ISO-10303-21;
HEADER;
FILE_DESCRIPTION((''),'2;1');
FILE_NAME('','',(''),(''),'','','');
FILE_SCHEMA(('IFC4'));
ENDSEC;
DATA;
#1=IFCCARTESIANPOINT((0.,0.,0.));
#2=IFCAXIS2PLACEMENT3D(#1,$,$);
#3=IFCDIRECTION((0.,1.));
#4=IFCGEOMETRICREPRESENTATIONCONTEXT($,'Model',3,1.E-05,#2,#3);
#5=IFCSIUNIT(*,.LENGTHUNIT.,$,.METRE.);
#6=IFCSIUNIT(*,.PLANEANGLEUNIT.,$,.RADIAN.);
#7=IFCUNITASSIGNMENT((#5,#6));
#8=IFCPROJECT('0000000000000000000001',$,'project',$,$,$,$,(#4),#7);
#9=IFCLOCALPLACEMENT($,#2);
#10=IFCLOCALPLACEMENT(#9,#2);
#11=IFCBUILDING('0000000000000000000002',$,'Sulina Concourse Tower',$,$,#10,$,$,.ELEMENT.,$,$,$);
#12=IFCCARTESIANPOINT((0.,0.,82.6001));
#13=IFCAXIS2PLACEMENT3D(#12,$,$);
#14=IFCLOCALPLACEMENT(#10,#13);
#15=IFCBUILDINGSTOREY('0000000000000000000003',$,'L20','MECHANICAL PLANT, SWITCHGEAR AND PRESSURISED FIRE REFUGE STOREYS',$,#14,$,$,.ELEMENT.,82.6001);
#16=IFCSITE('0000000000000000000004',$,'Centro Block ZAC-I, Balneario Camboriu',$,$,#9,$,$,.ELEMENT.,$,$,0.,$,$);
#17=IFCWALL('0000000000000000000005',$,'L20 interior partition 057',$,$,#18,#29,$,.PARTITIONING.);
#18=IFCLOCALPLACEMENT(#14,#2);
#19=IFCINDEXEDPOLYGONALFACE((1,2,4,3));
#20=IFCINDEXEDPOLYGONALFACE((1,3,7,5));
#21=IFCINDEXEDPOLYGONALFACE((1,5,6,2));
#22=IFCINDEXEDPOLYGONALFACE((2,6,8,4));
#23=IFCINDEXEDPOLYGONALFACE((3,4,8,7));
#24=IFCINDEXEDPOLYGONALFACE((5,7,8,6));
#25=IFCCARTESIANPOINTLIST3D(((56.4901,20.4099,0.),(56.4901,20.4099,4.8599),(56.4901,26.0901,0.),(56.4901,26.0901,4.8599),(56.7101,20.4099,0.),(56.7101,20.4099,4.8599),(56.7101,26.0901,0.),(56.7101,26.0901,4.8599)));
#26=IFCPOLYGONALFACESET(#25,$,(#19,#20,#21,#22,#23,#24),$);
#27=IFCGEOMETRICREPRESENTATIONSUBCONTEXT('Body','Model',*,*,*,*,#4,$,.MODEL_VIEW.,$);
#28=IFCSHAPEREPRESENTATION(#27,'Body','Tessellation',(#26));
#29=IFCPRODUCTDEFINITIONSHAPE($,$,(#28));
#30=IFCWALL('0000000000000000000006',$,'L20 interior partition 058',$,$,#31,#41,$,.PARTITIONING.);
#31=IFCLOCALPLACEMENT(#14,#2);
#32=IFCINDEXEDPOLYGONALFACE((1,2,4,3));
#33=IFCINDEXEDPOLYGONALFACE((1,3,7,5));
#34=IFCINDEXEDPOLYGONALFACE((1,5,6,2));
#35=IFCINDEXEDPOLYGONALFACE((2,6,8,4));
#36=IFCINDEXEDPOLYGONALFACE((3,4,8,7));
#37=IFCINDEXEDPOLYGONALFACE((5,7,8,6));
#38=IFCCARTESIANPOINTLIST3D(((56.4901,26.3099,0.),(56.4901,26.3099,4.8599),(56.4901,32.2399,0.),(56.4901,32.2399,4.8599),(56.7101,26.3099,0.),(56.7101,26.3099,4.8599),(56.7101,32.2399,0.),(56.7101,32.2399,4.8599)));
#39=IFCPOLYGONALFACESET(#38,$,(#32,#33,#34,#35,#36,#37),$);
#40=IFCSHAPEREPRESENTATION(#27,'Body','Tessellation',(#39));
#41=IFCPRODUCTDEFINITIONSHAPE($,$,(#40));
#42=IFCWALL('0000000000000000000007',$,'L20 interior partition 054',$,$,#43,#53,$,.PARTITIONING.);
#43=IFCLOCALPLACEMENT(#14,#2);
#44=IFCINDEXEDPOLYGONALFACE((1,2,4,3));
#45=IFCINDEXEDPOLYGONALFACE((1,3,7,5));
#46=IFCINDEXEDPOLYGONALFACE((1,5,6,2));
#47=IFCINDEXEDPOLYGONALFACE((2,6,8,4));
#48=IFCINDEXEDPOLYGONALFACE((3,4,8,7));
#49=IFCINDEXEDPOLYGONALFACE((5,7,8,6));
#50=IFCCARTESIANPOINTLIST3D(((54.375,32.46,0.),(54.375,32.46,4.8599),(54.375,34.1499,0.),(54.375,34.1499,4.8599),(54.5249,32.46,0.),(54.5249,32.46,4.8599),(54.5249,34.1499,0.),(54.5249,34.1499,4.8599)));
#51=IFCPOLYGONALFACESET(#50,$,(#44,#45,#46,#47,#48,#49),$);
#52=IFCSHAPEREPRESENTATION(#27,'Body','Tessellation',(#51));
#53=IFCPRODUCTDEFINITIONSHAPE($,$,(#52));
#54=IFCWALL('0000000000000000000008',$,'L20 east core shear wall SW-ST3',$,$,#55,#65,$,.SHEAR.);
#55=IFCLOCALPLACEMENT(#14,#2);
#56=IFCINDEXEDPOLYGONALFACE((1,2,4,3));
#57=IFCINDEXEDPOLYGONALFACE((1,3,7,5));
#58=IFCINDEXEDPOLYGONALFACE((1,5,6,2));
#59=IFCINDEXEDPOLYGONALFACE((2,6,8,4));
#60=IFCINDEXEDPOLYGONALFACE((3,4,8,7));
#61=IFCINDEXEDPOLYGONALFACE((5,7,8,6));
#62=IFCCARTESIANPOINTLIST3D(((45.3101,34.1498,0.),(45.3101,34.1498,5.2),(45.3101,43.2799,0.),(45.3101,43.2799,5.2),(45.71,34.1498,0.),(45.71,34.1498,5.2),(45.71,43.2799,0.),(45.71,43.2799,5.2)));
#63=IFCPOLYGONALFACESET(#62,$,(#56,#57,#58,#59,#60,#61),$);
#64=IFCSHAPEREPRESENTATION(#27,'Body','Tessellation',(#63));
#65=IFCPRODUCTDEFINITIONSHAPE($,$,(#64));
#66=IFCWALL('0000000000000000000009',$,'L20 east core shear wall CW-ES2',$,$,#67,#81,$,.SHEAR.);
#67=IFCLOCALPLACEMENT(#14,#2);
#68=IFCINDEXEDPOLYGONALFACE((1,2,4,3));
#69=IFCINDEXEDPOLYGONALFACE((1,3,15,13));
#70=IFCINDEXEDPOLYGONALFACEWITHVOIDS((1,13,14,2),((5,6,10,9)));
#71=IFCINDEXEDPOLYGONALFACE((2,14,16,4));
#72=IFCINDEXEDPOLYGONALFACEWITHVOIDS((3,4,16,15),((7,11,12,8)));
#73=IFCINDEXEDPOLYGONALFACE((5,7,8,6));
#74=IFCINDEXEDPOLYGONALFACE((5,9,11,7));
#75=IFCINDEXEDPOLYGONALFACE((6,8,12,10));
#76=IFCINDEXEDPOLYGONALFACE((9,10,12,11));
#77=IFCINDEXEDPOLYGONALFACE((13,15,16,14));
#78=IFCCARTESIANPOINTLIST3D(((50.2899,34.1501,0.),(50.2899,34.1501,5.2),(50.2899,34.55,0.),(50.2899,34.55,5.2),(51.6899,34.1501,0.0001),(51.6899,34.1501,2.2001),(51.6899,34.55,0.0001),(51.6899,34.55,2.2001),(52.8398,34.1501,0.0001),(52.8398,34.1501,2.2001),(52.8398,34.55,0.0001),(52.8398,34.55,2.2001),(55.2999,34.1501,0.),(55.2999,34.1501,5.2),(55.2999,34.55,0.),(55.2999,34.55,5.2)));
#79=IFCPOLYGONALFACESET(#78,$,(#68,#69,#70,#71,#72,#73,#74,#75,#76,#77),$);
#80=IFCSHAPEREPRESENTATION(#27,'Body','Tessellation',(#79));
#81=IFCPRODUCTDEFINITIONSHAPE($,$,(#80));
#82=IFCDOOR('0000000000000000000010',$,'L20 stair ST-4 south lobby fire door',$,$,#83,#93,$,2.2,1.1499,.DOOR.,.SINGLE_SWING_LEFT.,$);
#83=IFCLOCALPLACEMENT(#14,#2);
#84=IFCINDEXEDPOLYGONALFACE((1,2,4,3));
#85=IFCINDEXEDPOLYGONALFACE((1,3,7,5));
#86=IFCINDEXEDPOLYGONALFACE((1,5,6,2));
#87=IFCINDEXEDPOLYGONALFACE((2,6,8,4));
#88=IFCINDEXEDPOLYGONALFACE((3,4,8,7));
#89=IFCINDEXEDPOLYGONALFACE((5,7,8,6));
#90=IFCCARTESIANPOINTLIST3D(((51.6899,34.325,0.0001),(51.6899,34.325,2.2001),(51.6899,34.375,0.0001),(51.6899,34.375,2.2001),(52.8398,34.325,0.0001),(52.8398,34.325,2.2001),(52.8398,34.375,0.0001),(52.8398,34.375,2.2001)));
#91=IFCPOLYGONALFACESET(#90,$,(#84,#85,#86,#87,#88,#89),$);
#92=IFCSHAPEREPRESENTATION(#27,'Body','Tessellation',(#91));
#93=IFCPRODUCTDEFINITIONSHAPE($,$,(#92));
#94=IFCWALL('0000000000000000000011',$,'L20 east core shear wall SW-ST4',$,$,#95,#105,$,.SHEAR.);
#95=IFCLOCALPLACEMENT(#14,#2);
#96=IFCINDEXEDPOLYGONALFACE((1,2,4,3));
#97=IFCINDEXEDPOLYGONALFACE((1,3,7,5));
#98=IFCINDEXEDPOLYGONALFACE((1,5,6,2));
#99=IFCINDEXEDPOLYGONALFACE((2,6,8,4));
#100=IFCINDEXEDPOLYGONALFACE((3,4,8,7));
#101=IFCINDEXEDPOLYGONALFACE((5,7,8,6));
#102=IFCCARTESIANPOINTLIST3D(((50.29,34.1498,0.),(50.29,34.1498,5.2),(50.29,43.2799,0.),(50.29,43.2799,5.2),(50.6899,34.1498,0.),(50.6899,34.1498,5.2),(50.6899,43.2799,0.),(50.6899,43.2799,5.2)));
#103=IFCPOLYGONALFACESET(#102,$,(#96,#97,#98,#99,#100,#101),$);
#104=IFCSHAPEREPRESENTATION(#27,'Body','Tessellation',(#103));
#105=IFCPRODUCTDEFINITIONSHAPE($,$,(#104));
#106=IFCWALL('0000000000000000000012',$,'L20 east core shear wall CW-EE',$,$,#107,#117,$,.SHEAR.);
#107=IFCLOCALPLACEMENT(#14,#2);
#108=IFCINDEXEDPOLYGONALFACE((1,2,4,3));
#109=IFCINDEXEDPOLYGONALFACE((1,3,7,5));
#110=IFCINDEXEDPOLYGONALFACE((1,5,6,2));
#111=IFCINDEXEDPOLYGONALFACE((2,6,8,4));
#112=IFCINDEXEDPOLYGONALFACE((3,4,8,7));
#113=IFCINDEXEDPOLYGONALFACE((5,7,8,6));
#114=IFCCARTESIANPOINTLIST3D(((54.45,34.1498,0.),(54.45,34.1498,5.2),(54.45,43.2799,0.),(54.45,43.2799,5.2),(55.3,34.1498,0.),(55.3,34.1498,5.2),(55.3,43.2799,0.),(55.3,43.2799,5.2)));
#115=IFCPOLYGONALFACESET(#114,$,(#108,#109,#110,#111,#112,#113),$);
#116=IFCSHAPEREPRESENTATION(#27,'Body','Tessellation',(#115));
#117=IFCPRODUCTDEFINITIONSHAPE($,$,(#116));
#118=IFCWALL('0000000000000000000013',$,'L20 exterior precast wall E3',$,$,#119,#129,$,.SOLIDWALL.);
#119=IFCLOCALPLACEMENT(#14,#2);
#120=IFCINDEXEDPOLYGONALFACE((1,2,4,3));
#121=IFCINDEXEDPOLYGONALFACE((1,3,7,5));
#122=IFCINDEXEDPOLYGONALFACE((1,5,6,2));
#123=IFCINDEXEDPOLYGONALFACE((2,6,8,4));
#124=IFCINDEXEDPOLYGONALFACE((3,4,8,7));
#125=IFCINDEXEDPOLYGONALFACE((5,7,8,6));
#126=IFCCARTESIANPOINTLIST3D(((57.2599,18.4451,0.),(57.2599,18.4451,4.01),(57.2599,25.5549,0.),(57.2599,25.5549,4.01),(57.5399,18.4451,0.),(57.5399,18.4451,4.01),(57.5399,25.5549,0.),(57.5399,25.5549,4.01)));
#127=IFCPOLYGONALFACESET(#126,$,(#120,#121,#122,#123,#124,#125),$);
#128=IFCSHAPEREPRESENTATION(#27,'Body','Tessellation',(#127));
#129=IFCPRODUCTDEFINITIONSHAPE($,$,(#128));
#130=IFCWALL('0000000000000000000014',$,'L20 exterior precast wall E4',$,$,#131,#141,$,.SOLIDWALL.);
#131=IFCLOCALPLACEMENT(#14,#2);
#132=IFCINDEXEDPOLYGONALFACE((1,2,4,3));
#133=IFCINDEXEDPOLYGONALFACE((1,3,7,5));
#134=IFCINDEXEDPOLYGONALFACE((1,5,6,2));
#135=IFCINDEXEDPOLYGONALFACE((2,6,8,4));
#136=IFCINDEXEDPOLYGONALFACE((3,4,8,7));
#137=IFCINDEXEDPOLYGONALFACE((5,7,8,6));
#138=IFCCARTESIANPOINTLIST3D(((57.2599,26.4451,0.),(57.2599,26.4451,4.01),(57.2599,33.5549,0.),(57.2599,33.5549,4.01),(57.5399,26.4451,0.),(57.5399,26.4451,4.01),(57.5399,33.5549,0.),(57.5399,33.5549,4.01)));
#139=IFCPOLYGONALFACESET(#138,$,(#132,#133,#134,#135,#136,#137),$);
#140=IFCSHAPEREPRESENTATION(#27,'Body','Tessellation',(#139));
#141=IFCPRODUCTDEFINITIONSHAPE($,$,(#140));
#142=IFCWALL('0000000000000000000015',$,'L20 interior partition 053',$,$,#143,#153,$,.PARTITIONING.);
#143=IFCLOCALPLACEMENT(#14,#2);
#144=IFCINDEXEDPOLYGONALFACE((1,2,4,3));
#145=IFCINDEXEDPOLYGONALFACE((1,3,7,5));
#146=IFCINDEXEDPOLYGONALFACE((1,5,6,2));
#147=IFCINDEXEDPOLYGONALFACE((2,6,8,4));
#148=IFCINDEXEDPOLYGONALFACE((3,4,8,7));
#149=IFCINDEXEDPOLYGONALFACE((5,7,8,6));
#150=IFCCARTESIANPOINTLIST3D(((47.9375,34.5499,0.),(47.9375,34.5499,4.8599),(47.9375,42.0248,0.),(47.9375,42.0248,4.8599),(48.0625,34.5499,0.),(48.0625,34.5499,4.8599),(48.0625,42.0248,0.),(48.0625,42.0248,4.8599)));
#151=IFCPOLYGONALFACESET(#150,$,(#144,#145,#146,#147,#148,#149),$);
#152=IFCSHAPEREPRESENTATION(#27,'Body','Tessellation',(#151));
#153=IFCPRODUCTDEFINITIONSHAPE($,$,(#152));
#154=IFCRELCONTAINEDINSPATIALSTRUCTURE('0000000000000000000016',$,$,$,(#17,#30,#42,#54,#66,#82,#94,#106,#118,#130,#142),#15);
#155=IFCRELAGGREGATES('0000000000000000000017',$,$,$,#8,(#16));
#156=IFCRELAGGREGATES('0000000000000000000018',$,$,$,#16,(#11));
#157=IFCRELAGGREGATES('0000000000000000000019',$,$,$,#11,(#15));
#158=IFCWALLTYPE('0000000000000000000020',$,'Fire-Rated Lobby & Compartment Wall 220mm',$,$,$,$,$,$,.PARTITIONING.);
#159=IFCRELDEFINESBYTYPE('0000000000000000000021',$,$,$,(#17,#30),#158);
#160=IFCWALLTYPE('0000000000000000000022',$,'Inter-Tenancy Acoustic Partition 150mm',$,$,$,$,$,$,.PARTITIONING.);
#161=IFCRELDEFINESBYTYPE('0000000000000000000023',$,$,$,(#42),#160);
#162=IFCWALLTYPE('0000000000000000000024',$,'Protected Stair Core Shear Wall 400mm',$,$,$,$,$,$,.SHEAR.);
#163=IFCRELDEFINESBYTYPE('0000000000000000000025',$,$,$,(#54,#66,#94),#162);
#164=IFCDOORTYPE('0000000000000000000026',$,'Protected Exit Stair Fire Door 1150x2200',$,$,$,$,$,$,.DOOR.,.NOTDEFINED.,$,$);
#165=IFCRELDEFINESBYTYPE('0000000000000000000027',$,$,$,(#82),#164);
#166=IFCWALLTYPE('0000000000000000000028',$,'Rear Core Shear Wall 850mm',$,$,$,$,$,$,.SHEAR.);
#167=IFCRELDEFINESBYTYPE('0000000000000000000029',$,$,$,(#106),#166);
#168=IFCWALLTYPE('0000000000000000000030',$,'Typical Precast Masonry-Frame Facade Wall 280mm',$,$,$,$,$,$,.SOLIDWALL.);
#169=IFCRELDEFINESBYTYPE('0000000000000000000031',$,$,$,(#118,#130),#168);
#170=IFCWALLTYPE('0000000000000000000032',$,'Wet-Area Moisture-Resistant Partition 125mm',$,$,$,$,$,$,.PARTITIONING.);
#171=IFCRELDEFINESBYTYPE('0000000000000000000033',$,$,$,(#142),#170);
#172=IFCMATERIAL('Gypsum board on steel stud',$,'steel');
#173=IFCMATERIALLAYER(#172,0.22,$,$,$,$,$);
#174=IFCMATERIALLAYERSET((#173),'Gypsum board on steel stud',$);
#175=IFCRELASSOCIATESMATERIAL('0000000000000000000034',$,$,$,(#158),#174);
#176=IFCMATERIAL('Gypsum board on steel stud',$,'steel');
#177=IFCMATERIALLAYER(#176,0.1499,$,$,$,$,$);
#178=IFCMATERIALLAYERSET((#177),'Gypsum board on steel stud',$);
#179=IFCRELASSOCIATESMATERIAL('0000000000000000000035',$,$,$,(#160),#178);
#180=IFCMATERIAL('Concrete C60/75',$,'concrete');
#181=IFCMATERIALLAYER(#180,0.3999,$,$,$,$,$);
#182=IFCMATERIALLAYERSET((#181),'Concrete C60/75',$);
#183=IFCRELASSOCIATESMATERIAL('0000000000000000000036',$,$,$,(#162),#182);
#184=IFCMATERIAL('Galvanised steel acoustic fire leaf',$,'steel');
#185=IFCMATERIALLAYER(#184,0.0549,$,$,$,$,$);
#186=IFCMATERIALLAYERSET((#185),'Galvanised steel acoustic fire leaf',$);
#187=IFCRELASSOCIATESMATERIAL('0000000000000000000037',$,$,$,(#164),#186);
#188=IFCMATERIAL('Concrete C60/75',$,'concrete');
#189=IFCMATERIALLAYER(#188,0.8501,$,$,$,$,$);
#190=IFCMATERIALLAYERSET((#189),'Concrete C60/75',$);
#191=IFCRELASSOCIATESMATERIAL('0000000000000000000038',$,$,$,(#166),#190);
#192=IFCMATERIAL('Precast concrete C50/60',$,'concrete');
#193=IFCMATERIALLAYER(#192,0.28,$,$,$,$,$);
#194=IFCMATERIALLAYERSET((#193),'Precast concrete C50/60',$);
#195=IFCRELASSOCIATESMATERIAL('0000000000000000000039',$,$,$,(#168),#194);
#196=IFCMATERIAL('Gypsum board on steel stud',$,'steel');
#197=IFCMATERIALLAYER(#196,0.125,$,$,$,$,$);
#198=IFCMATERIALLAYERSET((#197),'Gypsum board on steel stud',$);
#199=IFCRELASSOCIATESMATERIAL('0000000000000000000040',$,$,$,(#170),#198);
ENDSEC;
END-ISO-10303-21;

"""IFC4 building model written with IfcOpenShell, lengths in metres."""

from ifc_helpers import new_model, si_unit, direction, frame, frame_2d, origin, place, context, subcontext, project, spatial, rectangle, extrude, material, layer, layer_set, type_object, element, fill, save


model = new_model("IFC4")

# Units and contexts
model_context = context("Model", 3, precision=1e-05, world=origin(), true_north=direction((0.0, 1.0)))
body_context = subcontext(model_context, "Body", "Model", "MODEL_VIEW")
ifc_project = project(units=[si_unit("LENGTHUNIT", "METRE"), si_unit("PLANEANGLEUNIT", "RADIAN")], contexts=[model_context])

# Site, building, storey
site_placement = place(None, origin())
site = spatial("IfcSite", under=ifc_project, at=site_placement, Name="Centro Block ZAC-I, Balneario Camboriu", CompositionType="ELEMENT", RefElevation=0.0)
building_placement = place(site_placement, origin())
building = spatial("IfcBuilding", under=site, at=building_placement, Name="Sulina Concourse Tower", CompositionType="ELEMENT")
storey_placement = place(building_placement, frame((0.0, 0.0, 82.6001)))
storey = spatial("IfcBuildingStorey", under=building, at=storey_placement, Name="L20", Description="MECHANICAL PLANT, SWITCHGEAR AND PRESSURISED FIRE REFUGE STOREYS", CompositionType="ELEMENT", Elevation=82.6001)

# Shared definitions
ifc_material_1 = material(Name="Gypsum board on steel stud", Category="steel")
ifc_layer_1 = layer(ifc_material_1, 0.22)
ifc_layer_set_1 = layer_set([ifc_layer_1], Name="Gypsum board on steel stud")
wall_type_1 = type_object("IfcWallType", Name="Fire-Rated Lobby & Compartment Wall 220mm", PredefinedType="PARTITIONING", material=ifc_layer_set_1)

# Walls
wall_1_placement = place(storey_placement, frame((56.6001, 20.4099, 0.0), z_axis=(0.0, 0.0, 1.0), x_axis=(0.0, 1.0, 0.0)))
element("IfcWall", 1, at=wall_1_placement, inside=storey, type_object=wall_type_1, Name="L20 interior partition 057", PredefinedType="PARTITIONING", context=body_context, shape_type="SweptSolid", body=[
    extrude(rectangle(XDim=5.6802, YDim=0.22, at=frame_2d((2.8401, 0.0))), origin(), (0.0, 0.0, 1.0), 4.8599),
])
wall_2_placement = place(storey_placement, frame((56.6001, 26.3101, 0.0), z_axis=(0.0, 0.0, 1.0), x_axis=(0.0, 1.0, 0.0)))
element("IfcWall", 2, at=wall_2_placement, inside=storey, type_object=wall_type_1, Name="L20 interior partition 058", PredefinedType="PARTITIONING", context=body_context, shape_type="SweptSolid", body=[
    extrude(rectangle(XDim=5.9299, YDim=0.22, at=frame_2d((2.9648, 0.0))), origin(), (0.0, 0.0, 1.0), 4.8599),
])
ifc_material_2 = material(Name="Gypsum board on steel stud", Category="steel")
ifc_layer_2 = layer(ifc_material_2, 0.1499)
ifc_layer_set_2 = layer_set([ifc_layer_2], Name="Gypsum board on steel stud")
wall_type_2 = type_object("IfcWallType", Name="Inter-Tenancy Acoustic Partition 150mm", PredefinedType="PARTITIONING", material=ifc_layer_set_2)
wall_3_placement = place(storey_placement, frame((54.45, 32.46, 0.0), z_axis=(0.0, 0.0, 1.0), x_axis=(0.0, 1.0, 0.0)))
element("IfcWall", 3, at=wall_3_placement, inside=storey, type_object=wall_type_2, Name="L20 interior partition 054", PredefinedType="PARTITIONING", context=body_context, shape_type="SweptSolid", body=[
    extrude(rectangle(XDim=1.6899, YDim=0.1499, at=frame_2d((0.845, 0.0))), origin(), (0.0, 0.0, 1.0), 4.8599),
])
ifc_material_3 = material(Name="Concrete C60/75", Category="concrete")
ifc_layer_3 = layer(ifc_material_3, 0.3999)
ifc_layer_set_3 = layer_set([ifc_layer_3], Name="Concrete C60/75")
wall_type_3 = type_object("IfcWallType", Name="Protected Stair Core Shear Wall 400mm", PredefinedType="SHEAR", material=ifc_layer_set_3)
wall_4_placement = place(storey_placement, frame((45.51, 34.1499, 0.0), z_axis=(0.0, 0.0, 1.0), x_axis=(0.0, 1.0, 0.0)))
element("IfcWall", 4, at=wall_4_placement, inside=storey, type_object=wall_type_3, Name="L20 east core shear wall SW-ST3", PredefinedType="SHEAR", context=body_context, shape_type="SweptSolid", body=[
    extrude(rectangle(XDim=9.1301, YDim=0.3999, at=frame_2d((4.5649, 0.0))), origin(), (0.0, 0.0, 1.0), 5.2),
])

# Wall, opening, door
wall_5_placement = place(storey_placement, frame((50.29, 34.3501, 0.0), z_axis=(0.0, 0.0, 1.0), x_axis=(1.0, 0.0, 0.0)))
wall_5 = element("IfcWall", 5, at=wall_5_placement, inside=storey, type_object=wall_type_3, Name="L20 east core shear wall CW-ES2", PredefinedType="SHEAR", context=body_context, shape_type="SweptSolid", body=[
    extrude(rectangle(XDim=5.01, YDim=0.3999, at=frame_2d((2.5049, 0.0))), origin(), (0.0, 0.0, 1.0), 5.2),
])
opening_1_placement = place(wall_5_placement, frame((1.3999, 0.0, 0.0)))
opening_1 = element("IfcOpeningElement", 6, at=opening_1_placement, cuts=wall_5, PredefinedType="OPENING", context=body_context, shape_type="SweptSolid", body=[
    extrude(rectangle(XDim=1.1499, YDim=2.2, at=frame_2d((0.575, 1.1001))), frame((0.0, 0.21, 0.0), z_axis=(0.0, -1.0, 0.0), x_axis=(1.0, 0.0, 0.0)), (0.0, 0.0, 1.0), 0.4199),
])
ifc_material_4 = material(Name="Galvanised steel acoustic fire leaf", Category="steel")
ifc_layer_4 = layer(ifc_material_4, 0.0549)
ifc_layer_set_4 = layer_set([ifc_layer_4], Name="Galvanised steel acoustic fire leaf")
door_type_1 = type_object("IfcDoorType", Name="Protected Exit Stair Fire Door 1150x2200", OperationType="NOTDEFINED", PredefinedType="DOOR", material=ifc_layer_set_4)
door_1_placement = place(opening_1_placement, origin())
door_1 = element("IfcDoor", 7, at=door_1_placement, inside=storey, type_object=door_type_1, Name="L20 stair ST-4 south lobby fire door", OperationType="SINGLE_SWING_LEFT", OverallHeight=2.2, OverallWidth=1.1499, PredefinedType="DOOR", context=body_context, shape_type="SweptSolid", body=[
    extrude(rectangle(XDim=1.1499, YDim=2.2, at=frame_2d((0.575, 1.1001))), frame((0.0, 0.0249, 0.0), z_axis=(0.0, -1.0, 0.0), x_axis=(1.0, 0.0, 0.0)), (0.0, 0.0, 1.0), 0.05),
])
fill(opening_1, door_1)

# Walls
wall_6_placement = place(storey_placement, frame((50.49, 34.1499, 0.0), z_axis=(0.0, 0.0, 1.0), x_axis=(0.0, 1.0, 0.0)))
element("IfcWall", 8, at=wall_6_placement, inside=storey, type_object=wall_type_3, Name="L20 east core shear wall SW-ST4", PredefinedType="SHEAR", context=body_context, shape_type="SweptSolid", body=[
    extrude(rectangle(XDim=9.1301, YDim=0.3999, at=frame_2d((4.5649, 0.0))), origin(), (0.0, 0.0, 1.0), 5.2),
])
ifc_material_5 = material(Name="Concrete C60/75", Category="concrete")
ifc_layer_5 = layer(ifc_material_5, 0.8501)
ifc_layer_set_5 = layer_set([ifc_layer_5], Name="Concrete C60/75")
wall_type_4 = type_object("IfcWallType", Name="Rear Core Shear Wall 850mm", PredefinedType="SHEAR", material=ifc_layer_set_5)
wall_7_placement = place(storey_placement, frame((54.875, 34.1499, 0.0), z_axis=(0.0, 0.0, 1.0), x_axis=(0.0, 1.0, 0.0)))
element("IfcWall", 9, at=wall_7_placement, inside=storey, type_object=wall_type_4, Name="L20 east core shear wall CW-EE", PredefinedType="SHEAR", context=body_context, shape_type="SweptSolid", body=[
    extrude(rectangle(XDim=9.1301, YDim=0.8501, at=frame_2d((4.5649, 0.0))), origin(), (0.0, 0.0, 1.0), 5.2),
])
ifc_material_6 = material(Name="Precast concrete C50/60", Category="concrete")
ifc_layer_6 = layer(ifc_material_6, 0.28)
ifc_layer_set_6 = layer_set([ifc_layer_6], Name="Precast concrete C50/60")
wall_type_5 = type_object("IfcWallType", Name="Typical Precast Masonry-Frame Facade Wall 280mm", PredefinedType="SOLIDWALL", material=ifc_layer_set_6)
for number, where, z_axis, x_axis, name in (
    (10, (57.3999, 25.5549, 0.0), (0.0, 0.0, 1.0), (0.0, -1.0, 0.0), "L20 exterior precast wall E3"),
    (11, (57.3999, 33.5549, 0.0), (0.0, 0.0, 1.0), (0.0, -1.0, 0.0), "L20 exterior precast wall E4"),
):
    element("IfcWall", number, at=place(storey_placement, frame(where, z_axis=z_axis, x_axis=x_axis)), inside=storey, type_object=wall_type_5, Name=name, PredefinedType="SOLIDWALL", context=body_context, shape_type="SweptSolid", body=[
        extrude(rectangle(XDim=7.1099, YDim=0.28, at=frame_2d((3.5549, 0.0))), origin(), (0.0, 0.0, 1.0), 4.01),
    ])
ifc_material_7 = material(Name="Gypsum board on steel stud", Category="steel")
ifc_layer_7 = layer(ifc_material_7, 0.125)
ifc_layer_set_7 = layer_set([ifc_layer_7], Name="Gypsum board on steel stud")
wall_type_6 = type_object("IfcWallType", Name="Wet-Area Moisture-Resistant Partition 125mm", PredefinedType="PARTITIONING", material=ifc_layer_set_7)
wall_8_placement = place(storey_placement, frame((48.0, 34.55, 0.0), z_axis=(0.0, 0.0, 1.0), x_axis=(0.0, 1.0, 0.0)))
element("IfcWall", 12, at=wall_8_placement, inside=storey, type_object=wall_type_6, Name="L20 interior partition 053", PredefinedType="PARTITIONING", context=body_context, shape_type="SweptSolid", body=[
    extrude(rectangle(XDim=7.4749, YDim=0.125, at=frame_2d((3.7373, 0.0))), origin(), (0.0, 0.0, 1.0), 4.8599),
])

save(model, "model.ifc")
